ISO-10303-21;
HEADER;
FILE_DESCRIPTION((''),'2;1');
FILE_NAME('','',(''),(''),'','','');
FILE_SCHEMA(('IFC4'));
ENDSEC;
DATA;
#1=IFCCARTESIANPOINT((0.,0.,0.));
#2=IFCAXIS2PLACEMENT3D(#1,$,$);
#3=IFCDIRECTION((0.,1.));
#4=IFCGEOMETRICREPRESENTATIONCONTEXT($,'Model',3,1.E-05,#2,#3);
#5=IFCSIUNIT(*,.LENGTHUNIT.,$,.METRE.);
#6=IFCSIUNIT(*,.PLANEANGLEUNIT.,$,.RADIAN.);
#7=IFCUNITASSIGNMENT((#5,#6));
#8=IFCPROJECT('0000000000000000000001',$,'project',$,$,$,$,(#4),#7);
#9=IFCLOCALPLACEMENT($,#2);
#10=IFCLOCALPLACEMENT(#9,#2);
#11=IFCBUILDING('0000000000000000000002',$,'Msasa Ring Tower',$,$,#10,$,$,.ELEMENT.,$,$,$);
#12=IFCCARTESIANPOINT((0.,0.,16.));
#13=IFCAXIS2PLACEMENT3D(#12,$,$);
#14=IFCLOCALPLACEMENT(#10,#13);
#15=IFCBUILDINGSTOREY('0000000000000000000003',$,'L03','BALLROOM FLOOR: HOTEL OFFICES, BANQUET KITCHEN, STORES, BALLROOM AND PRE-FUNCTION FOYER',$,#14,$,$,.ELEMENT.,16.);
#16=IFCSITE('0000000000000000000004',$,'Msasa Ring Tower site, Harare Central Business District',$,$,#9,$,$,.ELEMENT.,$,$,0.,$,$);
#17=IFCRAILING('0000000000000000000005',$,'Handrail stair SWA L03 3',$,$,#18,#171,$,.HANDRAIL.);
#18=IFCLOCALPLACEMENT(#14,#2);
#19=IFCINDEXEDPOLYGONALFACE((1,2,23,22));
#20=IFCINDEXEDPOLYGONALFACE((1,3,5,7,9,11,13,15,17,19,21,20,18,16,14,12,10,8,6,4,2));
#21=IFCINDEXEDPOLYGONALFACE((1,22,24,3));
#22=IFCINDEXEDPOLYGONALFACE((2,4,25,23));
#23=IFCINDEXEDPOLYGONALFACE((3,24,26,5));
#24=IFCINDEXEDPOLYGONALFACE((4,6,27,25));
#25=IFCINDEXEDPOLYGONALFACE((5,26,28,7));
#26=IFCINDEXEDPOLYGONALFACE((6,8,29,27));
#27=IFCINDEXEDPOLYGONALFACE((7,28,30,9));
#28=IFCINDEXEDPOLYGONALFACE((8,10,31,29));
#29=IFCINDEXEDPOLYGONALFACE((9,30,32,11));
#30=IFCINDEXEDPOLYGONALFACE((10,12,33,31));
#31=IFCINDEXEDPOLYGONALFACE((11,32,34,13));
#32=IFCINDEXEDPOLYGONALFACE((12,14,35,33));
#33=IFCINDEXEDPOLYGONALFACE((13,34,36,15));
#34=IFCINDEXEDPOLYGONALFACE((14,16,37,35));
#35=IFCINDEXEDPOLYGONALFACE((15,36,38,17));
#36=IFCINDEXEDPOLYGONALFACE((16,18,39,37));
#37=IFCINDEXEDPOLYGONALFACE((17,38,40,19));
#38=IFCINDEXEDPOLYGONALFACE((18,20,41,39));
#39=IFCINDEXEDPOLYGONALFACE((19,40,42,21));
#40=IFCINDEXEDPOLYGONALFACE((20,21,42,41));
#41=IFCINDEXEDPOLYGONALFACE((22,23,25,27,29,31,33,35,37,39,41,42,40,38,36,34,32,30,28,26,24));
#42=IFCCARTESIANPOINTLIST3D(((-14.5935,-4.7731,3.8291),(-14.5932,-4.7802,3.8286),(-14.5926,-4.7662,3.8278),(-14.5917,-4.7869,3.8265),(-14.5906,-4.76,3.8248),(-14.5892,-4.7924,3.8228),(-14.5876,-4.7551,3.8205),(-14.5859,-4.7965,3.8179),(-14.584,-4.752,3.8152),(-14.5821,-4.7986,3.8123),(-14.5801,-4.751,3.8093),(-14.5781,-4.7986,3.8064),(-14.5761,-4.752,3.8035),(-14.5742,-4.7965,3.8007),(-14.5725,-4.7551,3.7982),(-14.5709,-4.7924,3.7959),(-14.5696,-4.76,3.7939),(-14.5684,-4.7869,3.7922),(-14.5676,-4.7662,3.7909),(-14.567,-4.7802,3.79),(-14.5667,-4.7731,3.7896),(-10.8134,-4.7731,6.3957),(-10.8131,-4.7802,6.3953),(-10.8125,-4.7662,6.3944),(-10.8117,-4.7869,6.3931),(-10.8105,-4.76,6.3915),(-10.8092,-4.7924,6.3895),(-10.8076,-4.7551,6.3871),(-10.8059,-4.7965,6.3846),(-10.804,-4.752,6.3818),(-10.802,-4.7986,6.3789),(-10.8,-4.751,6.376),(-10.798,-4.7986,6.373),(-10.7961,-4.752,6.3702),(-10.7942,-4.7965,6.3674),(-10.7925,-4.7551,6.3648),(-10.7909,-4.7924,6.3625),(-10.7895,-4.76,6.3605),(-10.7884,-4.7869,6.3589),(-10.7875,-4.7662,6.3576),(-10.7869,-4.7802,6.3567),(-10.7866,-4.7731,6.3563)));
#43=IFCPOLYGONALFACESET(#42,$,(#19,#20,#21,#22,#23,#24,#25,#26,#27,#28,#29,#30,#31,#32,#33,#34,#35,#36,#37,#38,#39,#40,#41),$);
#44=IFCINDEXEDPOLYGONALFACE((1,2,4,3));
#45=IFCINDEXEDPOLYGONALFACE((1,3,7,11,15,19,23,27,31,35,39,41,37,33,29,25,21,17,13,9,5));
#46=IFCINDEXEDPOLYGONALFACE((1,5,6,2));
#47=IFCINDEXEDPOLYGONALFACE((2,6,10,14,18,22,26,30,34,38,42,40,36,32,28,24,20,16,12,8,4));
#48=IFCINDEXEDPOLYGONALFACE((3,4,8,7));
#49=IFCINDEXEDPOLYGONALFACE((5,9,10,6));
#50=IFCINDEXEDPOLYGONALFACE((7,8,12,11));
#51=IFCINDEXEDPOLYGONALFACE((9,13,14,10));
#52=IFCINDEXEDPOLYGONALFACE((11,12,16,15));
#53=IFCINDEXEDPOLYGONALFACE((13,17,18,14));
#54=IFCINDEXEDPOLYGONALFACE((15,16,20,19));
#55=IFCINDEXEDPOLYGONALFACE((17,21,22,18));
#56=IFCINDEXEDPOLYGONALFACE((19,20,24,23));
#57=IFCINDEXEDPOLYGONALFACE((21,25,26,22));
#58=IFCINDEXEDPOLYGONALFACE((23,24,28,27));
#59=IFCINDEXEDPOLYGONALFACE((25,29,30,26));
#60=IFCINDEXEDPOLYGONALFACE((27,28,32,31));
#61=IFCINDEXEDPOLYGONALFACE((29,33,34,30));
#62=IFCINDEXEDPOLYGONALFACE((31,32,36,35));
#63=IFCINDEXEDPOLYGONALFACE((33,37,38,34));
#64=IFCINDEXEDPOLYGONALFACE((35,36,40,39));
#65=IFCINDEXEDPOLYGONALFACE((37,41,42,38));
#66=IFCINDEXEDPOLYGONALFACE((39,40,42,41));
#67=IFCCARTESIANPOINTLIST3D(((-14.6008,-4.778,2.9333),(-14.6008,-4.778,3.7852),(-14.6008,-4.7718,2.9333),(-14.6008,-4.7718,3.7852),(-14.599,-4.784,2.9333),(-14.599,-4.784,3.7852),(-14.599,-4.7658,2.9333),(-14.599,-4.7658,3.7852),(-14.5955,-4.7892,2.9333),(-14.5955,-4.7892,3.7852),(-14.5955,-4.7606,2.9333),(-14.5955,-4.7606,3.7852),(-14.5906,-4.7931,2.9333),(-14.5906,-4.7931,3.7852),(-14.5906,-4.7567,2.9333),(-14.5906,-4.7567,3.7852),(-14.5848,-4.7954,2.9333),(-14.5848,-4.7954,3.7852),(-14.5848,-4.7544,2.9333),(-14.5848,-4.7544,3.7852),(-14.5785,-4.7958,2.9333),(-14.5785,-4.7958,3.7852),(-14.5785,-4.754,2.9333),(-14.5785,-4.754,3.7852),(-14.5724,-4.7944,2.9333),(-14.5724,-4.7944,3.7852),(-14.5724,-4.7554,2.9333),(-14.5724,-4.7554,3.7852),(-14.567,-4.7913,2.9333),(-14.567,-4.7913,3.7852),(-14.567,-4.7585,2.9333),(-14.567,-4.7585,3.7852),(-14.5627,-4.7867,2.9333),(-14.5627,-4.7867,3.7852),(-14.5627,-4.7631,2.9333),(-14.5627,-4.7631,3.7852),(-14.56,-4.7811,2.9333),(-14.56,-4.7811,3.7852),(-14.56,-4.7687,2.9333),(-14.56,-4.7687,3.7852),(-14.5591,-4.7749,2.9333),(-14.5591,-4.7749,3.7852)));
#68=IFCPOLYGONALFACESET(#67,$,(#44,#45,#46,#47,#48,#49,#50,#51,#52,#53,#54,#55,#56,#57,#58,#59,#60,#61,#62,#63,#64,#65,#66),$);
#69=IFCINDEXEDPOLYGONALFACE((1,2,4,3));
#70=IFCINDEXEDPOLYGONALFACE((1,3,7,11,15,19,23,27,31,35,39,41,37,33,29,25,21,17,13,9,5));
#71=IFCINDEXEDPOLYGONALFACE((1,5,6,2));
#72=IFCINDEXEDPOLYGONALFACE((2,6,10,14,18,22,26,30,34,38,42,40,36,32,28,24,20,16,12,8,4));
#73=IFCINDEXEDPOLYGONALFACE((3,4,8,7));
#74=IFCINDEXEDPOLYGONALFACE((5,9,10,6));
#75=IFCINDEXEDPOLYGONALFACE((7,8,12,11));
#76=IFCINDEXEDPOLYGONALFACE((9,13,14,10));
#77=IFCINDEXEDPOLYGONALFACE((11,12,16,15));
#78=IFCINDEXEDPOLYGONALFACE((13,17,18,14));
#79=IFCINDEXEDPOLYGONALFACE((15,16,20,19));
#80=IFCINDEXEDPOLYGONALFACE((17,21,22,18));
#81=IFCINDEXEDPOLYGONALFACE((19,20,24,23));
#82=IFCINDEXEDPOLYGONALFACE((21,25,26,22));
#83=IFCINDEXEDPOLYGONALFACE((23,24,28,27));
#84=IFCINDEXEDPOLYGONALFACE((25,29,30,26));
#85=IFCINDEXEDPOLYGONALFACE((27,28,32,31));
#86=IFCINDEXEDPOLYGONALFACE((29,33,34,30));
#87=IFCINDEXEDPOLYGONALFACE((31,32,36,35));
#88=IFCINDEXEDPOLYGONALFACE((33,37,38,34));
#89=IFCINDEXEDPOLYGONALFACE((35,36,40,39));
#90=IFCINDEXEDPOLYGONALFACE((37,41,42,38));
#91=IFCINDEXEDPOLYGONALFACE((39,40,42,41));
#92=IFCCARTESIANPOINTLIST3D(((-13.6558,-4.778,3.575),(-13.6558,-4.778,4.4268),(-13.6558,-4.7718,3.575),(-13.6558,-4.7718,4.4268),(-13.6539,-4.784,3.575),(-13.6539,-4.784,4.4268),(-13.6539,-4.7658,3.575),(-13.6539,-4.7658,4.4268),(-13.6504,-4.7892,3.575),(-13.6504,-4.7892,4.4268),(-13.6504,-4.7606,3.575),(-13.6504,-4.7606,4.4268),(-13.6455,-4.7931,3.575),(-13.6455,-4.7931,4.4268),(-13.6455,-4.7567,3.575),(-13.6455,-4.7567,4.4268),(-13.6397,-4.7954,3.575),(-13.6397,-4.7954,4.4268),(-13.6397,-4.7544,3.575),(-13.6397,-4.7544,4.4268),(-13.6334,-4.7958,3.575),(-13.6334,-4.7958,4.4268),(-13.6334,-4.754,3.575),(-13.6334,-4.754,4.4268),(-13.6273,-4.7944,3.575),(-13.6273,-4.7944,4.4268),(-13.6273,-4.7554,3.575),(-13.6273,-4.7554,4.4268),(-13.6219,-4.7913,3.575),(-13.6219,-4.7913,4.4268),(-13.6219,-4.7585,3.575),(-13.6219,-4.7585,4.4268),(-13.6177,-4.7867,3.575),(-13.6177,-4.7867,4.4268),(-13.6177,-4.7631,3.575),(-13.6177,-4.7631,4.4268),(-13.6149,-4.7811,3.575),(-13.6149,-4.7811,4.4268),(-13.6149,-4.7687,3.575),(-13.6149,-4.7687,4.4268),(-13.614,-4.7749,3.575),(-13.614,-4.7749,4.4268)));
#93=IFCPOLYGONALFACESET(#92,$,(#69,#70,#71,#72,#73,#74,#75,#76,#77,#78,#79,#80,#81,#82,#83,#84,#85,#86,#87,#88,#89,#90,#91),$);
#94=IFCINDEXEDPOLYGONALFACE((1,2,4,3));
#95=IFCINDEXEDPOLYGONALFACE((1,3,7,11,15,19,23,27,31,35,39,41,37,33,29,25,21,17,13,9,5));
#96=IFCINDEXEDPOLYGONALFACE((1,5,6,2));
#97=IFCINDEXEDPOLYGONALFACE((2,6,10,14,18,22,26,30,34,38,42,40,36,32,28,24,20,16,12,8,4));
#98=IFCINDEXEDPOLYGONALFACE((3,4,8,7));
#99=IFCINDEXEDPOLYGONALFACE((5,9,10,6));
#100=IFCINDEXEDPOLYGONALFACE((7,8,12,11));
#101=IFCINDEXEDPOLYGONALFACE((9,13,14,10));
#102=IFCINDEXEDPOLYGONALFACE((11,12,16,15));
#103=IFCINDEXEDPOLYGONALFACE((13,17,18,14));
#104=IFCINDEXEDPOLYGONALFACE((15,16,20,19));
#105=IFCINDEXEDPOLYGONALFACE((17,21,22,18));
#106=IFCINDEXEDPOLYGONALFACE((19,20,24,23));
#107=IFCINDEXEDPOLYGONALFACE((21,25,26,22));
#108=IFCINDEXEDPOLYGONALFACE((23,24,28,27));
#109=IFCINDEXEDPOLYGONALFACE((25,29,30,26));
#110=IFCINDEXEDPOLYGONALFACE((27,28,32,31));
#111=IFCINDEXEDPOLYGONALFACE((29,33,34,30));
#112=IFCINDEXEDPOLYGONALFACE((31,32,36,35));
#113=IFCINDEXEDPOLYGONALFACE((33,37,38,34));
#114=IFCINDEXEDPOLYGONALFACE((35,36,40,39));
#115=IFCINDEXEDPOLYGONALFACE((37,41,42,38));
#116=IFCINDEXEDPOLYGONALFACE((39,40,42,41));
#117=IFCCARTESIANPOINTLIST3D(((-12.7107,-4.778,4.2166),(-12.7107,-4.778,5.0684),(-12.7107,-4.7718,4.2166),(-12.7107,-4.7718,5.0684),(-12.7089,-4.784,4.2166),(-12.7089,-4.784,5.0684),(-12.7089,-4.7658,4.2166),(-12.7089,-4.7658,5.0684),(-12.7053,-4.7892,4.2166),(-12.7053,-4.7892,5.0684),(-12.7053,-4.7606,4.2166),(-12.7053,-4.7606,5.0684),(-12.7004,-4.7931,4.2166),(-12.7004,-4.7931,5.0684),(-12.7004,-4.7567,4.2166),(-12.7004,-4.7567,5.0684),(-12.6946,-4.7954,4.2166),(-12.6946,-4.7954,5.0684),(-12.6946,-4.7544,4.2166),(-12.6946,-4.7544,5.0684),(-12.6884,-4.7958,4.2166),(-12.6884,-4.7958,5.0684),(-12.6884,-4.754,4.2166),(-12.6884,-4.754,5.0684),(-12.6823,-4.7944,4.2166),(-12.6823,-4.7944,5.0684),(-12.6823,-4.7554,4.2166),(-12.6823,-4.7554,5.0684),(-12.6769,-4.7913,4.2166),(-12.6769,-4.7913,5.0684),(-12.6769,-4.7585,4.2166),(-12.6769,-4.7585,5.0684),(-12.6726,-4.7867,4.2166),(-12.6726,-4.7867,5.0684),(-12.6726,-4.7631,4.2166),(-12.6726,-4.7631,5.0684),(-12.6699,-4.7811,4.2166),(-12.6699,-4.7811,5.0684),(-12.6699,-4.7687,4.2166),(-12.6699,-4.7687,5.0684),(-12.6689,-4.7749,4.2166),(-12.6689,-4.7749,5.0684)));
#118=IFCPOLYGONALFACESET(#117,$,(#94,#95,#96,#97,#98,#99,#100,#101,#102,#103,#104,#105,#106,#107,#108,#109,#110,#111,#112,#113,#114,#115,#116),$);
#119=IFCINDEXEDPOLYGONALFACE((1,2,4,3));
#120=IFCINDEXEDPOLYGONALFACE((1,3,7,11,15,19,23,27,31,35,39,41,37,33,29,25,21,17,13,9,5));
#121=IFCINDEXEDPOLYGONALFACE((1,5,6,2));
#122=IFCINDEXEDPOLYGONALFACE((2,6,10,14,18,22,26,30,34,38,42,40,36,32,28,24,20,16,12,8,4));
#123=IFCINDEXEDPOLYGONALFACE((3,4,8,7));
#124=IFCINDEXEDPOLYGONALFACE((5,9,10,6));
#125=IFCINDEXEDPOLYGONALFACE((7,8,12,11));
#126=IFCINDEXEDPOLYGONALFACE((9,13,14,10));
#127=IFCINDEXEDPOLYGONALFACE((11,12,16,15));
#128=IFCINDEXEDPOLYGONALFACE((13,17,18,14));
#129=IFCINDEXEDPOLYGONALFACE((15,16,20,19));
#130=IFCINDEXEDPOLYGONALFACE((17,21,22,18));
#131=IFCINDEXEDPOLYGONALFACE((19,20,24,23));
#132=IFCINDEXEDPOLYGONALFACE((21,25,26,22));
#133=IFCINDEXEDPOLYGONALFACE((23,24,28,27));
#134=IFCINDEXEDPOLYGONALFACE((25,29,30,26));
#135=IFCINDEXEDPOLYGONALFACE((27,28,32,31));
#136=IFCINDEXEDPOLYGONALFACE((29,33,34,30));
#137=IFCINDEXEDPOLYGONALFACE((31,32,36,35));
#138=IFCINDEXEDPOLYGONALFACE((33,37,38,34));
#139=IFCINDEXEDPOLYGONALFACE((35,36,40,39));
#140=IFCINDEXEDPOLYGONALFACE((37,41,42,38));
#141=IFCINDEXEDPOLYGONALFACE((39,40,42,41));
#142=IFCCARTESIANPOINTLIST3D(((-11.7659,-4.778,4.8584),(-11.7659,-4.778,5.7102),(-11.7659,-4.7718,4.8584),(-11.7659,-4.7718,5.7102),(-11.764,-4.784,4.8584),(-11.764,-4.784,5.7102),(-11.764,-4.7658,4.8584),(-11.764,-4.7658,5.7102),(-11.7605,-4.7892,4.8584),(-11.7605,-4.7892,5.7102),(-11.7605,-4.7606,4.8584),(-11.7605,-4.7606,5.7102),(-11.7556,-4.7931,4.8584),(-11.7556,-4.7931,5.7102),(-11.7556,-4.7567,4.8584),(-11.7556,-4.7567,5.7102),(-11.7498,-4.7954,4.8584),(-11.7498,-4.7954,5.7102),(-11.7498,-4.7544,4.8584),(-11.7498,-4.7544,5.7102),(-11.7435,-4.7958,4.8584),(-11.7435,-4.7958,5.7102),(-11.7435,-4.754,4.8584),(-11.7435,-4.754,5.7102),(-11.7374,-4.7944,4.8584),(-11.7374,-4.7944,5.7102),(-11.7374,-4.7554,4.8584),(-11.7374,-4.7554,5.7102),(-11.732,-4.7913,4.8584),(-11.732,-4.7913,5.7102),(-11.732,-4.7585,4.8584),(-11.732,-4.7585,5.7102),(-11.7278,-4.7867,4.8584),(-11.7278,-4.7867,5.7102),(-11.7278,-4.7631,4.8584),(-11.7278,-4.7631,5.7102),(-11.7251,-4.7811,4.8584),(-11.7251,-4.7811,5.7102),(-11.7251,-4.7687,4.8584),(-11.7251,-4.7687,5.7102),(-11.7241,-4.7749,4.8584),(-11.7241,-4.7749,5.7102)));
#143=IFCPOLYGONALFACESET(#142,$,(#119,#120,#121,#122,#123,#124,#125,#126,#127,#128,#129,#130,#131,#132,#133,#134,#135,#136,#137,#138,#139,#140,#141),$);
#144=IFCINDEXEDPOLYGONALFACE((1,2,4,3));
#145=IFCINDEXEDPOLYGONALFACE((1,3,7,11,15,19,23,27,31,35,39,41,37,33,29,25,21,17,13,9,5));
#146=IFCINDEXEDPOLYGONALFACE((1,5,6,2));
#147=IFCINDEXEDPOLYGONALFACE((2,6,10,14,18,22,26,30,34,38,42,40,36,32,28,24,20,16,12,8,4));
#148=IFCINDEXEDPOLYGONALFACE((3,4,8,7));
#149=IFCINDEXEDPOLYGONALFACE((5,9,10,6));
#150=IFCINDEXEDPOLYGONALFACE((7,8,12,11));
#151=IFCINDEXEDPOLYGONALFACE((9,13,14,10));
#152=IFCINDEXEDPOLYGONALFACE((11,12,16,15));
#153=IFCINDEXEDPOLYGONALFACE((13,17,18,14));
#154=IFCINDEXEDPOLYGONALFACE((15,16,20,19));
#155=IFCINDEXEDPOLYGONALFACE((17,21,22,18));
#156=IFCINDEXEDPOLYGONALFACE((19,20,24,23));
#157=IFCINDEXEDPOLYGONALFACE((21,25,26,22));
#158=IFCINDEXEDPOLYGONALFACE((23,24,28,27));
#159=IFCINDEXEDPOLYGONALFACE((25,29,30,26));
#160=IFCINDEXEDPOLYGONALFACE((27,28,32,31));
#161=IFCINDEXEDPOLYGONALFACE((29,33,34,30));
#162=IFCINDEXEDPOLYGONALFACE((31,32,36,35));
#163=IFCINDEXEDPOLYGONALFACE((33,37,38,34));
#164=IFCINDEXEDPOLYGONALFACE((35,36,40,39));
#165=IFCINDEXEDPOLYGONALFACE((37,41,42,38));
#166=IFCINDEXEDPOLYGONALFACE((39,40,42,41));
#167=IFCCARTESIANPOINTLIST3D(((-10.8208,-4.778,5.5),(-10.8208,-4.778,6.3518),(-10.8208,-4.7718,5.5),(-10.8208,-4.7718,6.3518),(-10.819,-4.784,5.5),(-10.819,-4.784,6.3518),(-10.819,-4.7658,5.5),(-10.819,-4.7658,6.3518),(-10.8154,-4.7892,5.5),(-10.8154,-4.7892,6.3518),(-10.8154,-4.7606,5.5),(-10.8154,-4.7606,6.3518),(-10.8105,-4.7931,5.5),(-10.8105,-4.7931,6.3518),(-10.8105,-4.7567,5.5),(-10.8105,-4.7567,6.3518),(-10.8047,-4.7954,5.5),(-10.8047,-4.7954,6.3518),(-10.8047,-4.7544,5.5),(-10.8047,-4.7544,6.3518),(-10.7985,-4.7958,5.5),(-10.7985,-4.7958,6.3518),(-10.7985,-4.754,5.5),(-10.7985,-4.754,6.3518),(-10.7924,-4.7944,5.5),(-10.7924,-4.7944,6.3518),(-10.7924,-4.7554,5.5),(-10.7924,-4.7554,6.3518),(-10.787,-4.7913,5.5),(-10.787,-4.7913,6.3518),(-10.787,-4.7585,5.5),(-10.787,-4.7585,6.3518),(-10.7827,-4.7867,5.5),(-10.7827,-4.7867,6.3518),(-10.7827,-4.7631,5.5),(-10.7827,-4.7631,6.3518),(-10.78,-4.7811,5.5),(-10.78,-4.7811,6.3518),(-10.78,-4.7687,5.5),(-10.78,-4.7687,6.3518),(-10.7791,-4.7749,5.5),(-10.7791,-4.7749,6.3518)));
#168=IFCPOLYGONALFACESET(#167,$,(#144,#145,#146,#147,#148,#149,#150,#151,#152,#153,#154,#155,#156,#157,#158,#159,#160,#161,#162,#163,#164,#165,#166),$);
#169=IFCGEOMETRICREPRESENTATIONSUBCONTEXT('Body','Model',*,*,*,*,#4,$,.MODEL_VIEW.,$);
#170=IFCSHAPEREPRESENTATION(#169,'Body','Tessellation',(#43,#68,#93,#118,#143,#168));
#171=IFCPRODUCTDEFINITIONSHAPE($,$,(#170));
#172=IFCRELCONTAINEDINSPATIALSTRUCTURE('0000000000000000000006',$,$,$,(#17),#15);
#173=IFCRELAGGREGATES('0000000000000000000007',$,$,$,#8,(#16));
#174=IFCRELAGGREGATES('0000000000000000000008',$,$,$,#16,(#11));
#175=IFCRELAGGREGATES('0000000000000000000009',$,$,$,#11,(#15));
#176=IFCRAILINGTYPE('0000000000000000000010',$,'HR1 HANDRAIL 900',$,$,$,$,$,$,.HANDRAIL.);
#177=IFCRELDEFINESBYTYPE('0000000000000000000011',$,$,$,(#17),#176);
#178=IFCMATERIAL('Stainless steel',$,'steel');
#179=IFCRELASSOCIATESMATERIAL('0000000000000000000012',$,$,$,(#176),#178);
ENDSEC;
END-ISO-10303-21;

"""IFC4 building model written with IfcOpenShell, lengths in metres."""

from ifc_helpers import new_model, si_unit, direction, frame, origin, origin_2d, place, context, subcontext, project, spatial, circle, extrude, material, type_object, element, save


model = new_model("IFC4")

# Units and contexts
model_context = context("Model", 3, precision=1e-05, world=origin(), true_north=direction((0.0, 1.0)))
body_context = subcontext(model_context, "Body", "Model", "MODEL_VIEW")
ifc_project = project(units=[si_unit("LENGTHUNIT", "METRE"), si_unit("PLANEANGLEUNIT", "RADIAN")], contexts=[model_context])

# Site, building, storey
site_placement = place(None, origin())
site = spatial("IfcSite", under=ifc_project, at=site_placement, Name="Msasa Ring Tower site, Harare Central Business District", CompositionType="ELEMENT", RefElevation=0.0)
building_placement = place(site_placement, origin())
building = spatial("IfcBuilding", under=site, at=building_placement, Name="Msasa Ring Tower", CompositionType="ELEMENT")
storey_placement = place(building_placement, frame((0.0, 0.0, 16.0)))
storey = spatial("IfcBuildingStorey", under=building, at=storey_placement, Name="L03", Description="BALLROOM FLOOR: HOTEL OFFICES, BANQUET KITCHEN, STORES, BALLROOM AND PRE-FUNCTION FOYER", CompositionType="ELEMENT", Elevation=16.0)

# Railing
ifc_material_1 = material(Name="Stainless steel", Category="steel")
railing_type = type_object("IfcRailingType", Name="HR1 HANDRAIL 900", PredefinedType="HANDRAIL", material=ifc_material_1)
for number, where, name in (
    (1, (-14.5801, -4.7749, 2.9333), "Handrail stair SWA L03 3"),
):
    element("IfcRailing", number, at=place(storey_placement, frame(where)), inside=storey, type_object=railing_type, Name=name, PredefinedType="HANDRAIL", context=body_context, shape_type="SweptSolid", body=[
        extrude(circle(Radius=0.0239, at=origin_2d()), frame((0.0, 0.0, 0.876), z_axis=(0.82731, 0.0, 0.561746), x_axis=(0.0, 1.0, 0.0)), (0.0, 0.0, 1.0), 4.5691),
        extrude(circle(Radius=0.021, at=origin_2d()), origin(), (0.0, 0.0, 1.0), 0.8518),
        extrude(circle(Radius=0.021, at=origin_2d()), frame((0.9451, 0.0, 0.6416)), (0.0, 0.0, 1.0), 0.8518),
        extrude(circle(Radius=0.021, at=origin_2d()), frame((1.8901, 0.0, 1.2832)), (0.0, 0.0, 1.0), 0.8518),
        extrude(circle(Radius=0.021, at=origin_2d()), frame((2.835, 0.0, 1.925)), (0.0, 0.0, 1.0), 0.8518),
        extrude(circle(Radius=0.021, at=origin_2d()), frame((3.78, 0.0, 2.5667)), (0.0, 0.0, 1.0), 0.8518),
    ])

save(model, "model.ifc")
